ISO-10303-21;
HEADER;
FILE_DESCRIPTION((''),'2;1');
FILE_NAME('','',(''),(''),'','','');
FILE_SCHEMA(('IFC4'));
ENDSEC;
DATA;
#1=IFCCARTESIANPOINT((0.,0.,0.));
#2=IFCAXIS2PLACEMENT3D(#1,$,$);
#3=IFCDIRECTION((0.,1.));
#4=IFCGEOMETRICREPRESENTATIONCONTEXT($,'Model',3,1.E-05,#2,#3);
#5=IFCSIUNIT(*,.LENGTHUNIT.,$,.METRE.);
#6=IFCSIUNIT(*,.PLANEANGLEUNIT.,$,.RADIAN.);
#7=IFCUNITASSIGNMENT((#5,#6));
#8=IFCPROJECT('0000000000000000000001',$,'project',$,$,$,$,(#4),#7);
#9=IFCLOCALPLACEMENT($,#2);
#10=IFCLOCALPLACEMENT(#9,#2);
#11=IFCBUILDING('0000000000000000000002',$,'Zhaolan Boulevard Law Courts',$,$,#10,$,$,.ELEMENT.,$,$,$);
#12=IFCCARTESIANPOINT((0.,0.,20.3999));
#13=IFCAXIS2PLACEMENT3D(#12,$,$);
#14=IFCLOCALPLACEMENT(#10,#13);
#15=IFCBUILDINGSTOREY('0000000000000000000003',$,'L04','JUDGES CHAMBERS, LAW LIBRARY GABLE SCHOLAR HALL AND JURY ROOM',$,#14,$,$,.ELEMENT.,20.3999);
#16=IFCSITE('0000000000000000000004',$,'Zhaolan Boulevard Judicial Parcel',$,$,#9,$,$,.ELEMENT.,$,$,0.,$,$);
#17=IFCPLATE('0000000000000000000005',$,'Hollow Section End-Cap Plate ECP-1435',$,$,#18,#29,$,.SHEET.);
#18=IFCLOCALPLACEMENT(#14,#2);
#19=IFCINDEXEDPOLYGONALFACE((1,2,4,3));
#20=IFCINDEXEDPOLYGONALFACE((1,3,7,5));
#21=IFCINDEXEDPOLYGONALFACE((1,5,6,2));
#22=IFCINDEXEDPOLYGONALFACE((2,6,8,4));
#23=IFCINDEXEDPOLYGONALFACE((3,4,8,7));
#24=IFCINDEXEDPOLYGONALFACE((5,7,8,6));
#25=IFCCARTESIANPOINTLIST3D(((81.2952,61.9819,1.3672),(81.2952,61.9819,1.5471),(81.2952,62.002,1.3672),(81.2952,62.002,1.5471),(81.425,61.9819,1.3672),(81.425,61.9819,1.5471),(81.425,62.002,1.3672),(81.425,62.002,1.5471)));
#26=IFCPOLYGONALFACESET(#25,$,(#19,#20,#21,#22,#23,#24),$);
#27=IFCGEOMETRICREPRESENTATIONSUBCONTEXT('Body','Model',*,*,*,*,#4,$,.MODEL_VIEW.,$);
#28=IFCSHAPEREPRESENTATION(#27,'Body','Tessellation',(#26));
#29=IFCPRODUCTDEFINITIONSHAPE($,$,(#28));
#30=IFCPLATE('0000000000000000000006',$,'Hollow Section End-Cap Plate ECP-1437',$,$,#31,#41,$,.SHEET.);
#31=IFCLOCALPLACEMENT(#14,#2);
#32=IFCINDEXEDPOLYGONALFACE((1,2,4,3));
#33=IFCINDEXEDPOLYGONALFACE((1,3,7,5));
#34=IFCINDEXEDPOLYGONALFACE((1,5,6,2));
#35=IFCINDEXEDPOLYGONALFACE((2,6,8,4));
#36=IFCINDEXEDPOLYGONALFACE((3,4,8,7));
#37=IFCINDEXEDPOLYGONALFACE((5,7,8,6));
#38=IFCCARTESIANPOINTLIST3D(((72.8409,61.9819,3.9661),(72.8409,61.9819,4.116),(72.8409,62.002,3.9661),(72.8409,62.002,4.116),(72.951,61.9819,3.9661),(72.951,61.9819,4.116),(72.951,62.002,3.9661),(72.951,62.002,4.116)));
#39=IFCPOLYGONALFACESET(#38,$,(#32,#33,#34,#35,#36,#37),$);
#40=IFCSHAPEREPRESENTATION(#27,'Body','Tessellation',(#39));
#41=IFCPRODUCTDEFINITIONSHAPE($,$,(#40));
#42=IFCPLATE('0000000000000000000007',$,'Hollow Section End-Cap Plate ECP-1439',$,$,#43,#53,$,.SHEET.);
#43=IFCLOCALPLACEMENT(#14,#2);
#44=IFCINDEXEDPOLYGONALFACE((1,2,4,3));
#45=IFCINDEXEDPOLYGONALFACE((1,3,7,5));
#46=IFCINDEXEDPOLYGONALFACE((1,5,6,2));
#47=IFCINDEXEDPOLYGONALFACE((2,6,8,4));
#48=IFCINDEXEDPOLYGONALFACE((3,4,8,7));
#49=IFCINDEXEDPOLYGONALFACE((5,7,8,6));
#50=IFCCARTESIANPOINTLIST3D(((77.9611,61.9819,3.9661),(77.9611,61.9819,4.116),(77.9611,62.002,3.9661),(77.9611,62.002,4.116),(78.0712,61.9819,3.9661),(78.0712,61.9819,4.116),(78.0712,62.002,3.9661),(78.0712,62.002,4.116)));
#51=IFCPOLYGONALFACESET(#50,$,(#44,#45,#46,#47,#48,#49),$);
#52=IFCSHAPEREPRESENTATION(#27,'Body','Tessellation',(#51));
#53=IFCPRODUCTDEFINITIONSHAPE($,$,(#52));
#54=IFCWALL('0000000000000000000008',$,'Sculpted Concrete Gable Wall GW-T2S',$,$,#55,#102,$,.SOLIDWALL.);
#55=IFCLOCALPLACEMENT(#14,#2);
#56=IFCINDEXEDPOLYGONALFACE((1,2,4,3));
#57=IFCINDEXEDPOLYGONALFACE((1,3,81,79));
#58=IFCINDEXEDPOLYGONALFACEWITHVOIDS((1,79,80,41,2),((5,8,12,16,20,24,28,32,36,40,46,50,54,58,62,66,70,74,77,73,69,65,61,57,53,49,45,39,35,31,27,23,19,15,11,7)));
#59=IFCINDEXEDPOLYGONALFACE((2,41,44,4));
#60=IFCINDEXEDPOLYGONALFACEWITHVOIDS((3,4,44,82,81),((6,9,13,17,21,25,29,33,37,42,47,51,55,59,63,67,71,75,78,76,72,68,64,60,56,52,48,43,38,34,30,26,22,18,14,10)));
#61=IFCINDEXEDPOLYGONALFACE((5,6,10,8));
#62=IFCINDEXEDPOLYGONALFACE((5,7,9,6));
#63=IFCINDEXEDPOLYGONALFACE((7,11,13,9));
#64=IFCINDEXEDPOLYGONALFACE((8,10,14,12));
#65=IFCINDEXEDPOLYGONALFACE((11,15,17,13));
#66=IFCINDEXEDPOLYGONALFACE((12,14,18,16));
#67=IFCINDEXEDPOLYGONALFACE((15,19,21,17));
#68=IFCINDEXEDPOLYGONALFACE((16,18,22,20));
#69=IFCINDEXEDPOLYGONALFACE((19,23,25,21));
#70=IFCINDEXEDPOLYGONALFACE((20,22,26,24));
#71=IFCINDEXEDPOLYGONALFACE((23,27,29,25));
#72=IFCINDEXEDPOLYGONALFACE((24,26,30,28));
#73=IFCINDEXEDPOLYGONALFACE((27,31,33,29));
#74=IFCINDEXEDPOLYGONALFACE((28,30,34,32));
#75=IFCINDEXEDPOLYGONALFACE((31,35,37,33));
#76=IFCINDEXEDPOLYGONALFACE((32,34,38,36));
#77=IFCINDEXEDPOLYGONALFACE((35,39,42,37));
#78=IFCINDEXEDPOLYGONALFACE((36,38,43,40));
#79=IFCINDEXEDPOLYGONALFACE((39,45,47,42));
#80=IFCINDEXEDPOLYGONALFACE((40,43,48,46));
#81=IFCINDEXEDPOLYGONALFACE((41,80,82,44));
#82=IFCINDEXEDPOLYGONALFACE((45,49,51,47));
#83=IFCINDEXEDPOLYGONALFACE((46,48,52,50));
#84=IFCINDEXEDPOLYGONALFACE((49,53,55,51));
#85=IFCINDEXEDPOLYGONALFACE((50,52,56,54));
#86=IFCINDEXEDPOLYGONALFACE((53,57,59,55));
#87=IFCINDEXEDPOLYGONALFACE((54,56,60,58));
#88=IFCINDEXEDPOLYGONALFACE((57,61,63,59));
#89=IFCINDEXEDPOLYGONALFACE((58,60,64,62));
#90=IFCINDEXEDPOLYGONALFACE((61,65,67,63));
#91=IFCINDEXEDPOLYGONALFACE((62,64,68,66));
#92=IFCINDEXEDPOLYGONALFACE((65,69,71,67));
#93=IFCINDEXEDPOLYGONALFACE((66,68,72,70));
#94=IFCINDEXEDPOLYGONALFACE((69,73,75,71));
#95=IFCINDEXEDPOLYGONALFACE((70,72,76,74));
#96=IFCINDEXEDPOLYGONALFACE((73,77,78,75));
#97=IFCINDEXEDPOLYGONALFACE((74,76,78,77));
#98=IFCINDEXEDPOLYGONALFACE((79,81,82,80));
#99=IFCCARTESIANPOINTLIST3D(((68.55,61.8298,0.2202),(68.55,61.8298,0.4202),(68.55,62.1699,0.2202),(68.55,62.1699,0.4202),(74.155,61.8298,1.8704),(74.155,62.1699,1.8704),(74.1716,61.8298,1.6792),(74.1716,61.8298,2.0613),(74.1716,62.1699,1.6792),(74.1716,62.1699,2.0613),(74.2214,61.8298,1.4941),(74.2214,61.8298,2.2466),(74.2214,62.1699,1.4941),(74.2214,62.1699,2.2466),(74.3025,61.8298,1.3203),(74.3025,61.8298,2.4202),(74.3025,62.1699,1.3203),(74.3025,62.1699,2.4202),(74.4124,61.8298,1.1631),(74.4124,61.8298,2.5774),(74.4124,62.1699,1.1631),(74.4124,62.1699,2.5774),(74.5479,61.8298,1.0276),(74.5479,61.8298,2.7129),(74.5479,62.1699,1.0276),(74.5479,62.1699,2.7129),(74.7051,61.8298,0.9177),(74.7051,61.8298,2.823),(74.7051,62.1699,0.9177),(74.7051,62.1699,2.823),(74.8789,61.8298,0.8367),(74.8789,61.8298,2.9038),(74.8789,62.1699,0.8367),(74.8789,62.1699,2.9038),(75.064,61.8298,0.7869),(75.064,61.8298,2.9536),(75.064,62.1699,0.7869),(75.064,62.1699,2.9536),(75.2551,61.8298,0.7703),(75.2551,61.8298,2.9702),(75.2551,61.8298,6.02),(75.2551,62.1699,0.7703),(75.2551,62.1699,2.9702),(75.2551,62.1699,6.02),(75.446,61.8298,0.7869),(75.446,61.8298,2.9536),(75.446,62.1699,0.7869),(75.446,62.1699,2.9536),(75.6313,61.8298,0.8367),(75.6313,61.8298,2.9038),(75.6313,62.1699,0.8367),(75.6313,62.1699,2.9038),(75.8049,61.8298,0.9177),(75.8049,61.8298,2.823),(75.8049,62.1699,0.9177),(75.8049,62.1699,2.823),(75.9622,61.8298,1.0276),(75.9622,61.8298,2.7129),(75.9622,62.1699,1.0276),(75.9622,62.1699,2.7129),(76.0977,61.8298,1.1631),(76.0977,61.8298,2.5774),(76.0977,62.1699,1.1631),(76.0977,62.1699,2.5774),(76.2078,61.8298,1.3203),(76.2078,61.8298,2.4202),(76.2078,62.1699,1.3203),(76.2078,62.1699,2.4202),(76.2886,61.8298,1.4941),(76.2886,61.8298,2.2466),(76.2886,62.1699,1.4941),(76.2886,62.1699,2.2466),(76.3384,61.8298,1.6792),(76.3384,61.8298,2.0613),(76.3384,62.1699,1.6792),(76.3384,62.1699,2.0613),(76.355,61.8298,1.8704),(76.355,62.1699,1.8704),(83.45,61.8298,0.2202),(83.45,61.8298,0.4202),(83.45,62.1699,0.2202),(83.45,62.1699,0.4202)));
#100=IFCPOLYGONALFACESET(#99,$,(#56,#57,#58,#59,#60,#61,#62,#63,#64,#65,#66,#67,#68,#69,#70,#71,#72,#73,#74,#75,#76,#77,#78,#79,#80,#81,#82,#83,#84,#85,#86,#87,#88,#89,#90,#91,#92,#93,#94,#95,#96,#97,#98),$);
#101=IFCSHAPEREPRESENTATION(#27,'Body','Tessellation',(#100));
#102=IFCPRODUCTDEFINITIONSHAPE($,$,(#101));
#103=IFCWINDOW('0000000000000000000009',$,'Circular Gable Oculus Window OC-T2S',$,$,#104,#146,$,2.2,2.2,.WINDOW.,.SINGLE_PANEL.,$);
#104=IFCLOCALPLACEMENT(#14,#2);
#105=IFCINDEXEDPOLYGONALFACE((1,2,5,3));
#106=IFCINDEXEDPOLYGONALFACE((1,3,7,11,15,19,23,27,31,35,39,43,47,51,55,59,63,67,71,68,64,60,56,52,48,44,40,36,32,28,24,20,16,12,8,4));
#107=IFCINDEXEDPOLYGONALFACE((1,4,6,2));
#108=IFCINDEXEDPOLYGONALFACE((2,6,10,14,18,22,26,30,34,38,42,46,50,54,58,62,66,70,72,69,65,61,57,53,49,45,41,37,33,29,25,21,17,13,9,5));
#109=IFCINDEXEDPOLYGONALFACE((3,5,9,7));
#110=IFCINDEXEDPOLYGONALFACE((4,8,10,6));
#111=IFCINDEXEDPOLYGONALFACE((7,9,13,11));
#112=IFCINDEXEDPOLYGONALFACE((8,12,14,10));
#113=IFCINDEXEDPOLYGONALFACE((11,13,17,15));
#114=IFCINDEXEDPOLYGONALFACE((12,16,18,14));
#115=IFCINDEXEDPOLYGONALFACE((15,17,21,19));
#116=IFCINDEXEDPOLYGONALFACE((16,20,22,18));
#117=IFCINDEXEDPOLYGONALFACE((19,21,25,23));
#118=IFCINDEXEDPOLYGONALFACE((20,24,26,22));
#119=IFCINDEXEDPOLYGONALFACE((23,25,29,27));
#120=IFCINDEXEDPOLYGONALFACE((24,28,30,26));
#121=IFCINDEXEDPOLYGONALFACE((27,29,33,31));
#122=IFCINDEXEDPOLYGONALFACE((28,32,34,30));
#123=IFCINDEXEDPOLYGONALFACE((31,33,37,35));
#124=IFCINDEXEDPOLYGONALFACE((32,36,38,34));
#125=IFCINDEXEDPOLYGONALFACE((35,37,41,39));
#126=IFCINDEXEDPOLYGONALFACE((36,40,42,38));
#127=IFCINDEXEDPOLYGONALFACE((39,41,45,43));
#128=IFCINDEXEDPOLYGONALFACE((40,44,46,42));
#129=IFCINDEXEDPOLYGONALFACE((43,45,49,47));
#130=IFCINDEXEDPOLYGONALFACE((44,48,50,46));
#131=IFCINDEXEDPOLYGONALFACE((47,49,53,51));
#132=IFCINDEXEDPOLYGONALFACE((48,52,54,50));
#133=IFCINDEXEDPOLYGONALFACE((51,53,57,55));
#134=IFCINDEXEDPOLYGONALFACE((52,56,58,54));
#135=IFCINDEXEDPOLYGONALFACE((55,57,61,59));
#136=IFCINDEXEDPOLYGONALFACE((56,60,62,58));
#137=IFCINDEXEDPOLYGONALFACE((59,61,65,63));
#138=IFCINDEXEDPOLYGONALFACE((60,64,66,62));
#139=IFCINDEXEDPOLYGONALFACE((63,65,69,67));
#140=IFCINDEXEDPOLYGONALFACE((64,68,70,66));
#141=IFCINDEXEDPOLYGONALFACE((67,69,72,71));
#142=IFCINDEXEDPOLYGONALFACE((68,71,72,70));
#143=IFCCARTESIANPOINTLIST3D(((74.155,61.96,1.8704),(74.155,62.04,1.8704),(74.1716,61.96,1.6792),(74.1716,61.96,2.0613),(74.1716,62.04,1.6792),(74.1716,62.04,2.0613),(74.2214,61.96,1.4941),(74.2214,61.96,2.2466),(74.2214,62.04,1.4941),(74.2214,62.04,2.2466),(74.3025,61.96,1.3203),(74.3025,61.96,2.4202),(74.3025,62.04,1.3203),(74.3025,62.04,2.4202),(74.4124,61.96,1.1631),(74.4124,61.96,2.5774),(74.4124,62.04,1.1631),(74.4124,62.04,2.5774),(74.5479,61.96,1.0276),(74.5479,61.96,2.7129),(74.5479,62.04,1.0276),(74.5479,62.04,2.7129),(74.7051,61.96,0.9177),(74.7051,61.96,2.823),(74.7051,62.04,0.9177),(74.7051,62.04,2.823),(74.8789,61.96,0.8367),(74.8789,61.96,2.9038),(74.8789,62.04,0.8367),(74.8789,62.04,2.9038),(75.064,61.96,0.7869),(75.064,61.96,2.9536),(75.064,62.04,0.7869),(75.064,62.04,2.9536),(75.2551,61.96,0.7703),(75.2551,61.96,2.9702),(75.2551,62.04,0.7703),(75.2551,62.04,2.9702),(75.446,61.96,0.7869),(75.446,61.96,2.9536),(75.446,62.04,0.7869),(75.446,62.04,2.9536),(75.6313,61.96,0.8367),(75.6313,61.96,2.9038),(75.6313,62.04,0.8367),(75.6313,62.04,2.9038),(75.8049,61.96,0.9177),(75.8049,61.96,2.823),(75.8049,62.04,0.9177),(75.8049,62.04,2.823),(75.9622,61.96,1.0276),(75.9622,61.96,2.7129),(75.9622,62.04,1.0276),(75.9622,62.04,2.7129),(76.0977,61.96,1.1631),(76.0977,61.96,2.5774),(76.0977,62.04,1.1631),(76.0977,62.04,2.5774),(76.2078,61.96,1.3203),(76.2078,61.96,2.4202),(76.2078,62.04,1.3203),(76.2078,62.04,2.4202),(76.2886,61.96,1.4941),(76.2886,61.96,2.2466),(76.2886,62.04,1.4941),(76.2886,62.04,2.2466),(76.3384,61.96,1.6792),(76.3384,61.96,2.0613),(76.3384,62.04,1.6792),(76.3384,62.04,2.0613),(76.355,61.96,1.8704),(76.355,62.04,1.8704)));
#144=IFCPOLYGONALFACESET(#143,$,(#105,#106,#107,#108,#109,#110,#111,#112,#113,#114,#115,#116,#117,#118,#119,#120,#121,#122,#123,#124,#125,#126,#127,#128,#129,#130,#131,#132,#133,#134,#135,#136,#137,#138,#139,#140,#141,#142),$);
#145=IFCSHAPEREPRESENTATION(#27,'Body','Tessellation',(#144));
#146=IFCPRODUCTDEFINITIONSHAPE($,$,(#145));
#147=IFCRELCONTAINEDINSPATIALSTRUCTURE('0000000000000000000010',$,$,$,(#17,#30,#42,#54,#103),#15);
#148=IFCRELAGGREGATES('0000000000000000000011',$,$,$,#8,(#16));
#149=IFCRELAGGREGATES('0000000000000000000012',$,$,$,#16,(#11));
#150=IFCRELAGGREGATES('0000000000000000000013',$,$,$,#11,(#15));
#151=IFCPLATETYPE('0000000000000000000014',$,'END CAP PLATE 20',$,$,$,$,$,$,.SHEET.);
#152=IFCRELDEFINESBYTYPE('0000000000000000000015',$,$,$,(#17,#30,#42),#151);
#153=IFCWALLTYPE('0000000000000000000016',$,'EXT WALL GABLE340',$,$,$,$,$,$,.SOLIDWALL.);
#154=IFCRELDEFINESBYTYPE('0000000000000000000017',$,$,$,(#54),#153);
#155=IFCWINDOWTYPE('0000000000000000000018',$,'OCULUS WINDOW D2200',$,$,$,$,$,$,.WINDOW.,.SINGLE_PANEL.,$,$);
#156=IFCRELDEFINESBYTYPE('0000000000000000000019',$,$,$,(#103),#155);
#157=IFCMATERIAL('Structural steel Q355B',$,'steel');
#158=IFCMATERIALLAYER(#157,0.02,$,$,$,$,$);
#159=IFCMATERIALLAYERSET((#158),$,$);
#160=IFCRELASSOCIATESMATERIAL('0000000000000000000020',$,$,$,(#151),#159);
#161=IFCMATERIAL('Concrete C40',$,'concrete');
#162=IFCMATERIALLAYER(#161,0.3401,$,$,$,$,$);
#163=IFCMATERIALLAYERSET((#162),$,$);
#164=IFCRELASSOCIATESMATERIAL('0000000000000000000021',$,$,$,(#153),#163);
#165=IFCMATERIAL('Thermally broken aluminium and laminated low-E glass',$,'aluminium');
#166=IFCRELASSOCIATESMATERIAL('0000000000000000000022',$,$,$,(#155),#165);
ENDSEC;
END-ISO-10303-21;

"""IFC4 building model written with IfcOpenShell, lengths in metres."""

from ifc_helpers import new_model, si_unit, direction, frame, origin, origin_2d, place, context, subcontext, project, spatial, polyline, rectangle, outline, extrude, material, layer, layer_set, type_object, element, fill, save


model = new_model("IFC4")

# Units and contexts
model_context = context("Model", 3, precision=1e-05, world=origin(), true_north=direction((0.0, 1.0)))
body_context = subcontext(model_context, "Body", "Model", "MODEL_VIEW")
ifc_project = project(units=[si_unit("LENGTHUNIT", "METRE"), si_unit("PLANEANGLEUNIT", "RADIAN")], contexts=[model_context])

# Site, building, storey
site_placement = place(None, origin())
site = spatial("IfcSite", under=ifc_project, at=site_placement, Name="Zhaolan Boulevard Judicial Parcel", CompositionType="ELEMENT", RefElevation=0.0)
building_placement = place(site_placement, origin())
building = spatial("IfcBuilding", under=site, at=building_placement, Name="Zhaolan Boulevard Law Courts", CompositionType="ELEMENT")
storey_placement = place(building_placement, frame((0.0, 0.0, 20.3999)))
storey = spatial("IfcBuildingStorey", under=building, at=storey_placement, Name="L04", Description="JUDGES CHAMBERS, LAW LIBRARY GABLE SCHOLAR HALL AND JURY ROOM", CompositionType="ELEMENT", Elevation=20.3999)

# Plates
ifc_material_1 = material(Name="Structural steel Q355B", Category="steel")
ifc_layer_1 = layer(ifc_material_1, 0.02)
ifc_layer_set_1 = layer_set([ifc_layer_1])
plate_type = type_object("IfcPlateType", Name="END CAP PLATE 20", PredefinedType="SHEET", material=ifc_layer_set_1)
for number, where, z_axis, x_axis, name in (
    (1, (81.3601, 61.9919, 1.3672), (0.0, 0.0, 1.0), (0.0, 1.0, 0.0), "Hollow Section End-Cap Plate ECP-1435"),
):
    element("IfcPlate", number, at=place(storey_placement, frame(where, z_axis=z_axis, x_axis=x_axis)), inside=storey, type_object=plate_type, Name=name, PredefinedType="SHEET", context=body_context, shape_type="SweptSolid", body=[
        extrude(rectangle(XDim=0.02, YDim=0.1299, at=origin_2d()), origin(), (0.0, 0.0, 1.0), 0.1799),
    ])
for number, where, z_axis, x_axis, name in (
    (2, (72.896, 61.9919, 3.9661), (0.0, 0.0, 1.0), (0.0, 1.0, 0.0), "Hollow Section End-Cap Plate ECP-1437"),
    (3, (78.0161, 61.9919, 3.9661), (0.0, 0.0, 1.0), (0.0, 1.0, 0.0), "Hollow Section End-Cap Plate ECP-1439"),
):
    element("IfcPlate", number, at=place(storey_placement, frame(where, z_axis=z_axis, x_axis=x_axis)), inside=storey, type_object=plate_type, Name=name, PredefinedType="SHEET", context=body_context, shape_type="SweptSolid", body=[
        extrude(rectangle(XDim=0.02, YDim=0.1101, at=origin_2d()), origin(), (0.0, 0.0, 1.0), 0.1499),
    ])

# Wall, opening, window
ifc_material_2 = material(Name="Concrete C40", Category="concrete")
ifc_layer_2 = layer(ifc_material_2, 0.3401)
ifc_layer_set_2 = layer_set([ifc_layer_2])
wall_type = type_object("IfcWallType", Name="EXT WALL GABLE340", PredefinedType="SOLIDWALL", material=ifc_layer_set_2)
wall_placement = place(storey_placement, frame((68.55, 62.0, 0.2202), z_axis=(0.0, 0.0, 1.0), x_axis=(1.0, 0.0, 0.0)))
wall = element("IfcWall", 4, at=wall_placement, inside=storey, type_object=wall_type, Name="Sculpted Concrete Gable Wall GW-T2S", PredefinedType="SOLIDWALL", context=body_context, shape_type="SweptSolid", body=[
    extrude(outline(polyline([(0.0, 0.0), (14.8999, 0.0), (14.8999, 0.2), (6.7051, 5.7998), (0.0, 0.2), (0.0, 0.0)])), frame((0.0, 0.1699, 0.0), z_axis=(0.0, -1.0, 0.0), x_axis=(1.0, 0.0, 0.0)), (0.0, 0.0, 1.0), 0.3401),
])
opening_placement = place(wall_placement, frame((5.605, 0.0, 0.55)))
opening = element("IfcOpeningElement", 5, at=opening_placement, cuts=wall, PredefinedType="OPENING", context=body_context, shape_type="SweptSolid", body=[
    extrude(outline(polyline([(2.2, 1.1001), (2.1833, 1.291), (2.1335, 1.4763), (2.0527, 1.6499), (1.9426, 1.8071), (1.8071, 1.9426), (1.6499, 2.0527), (1.4763, 2.1335), (1.291, 2.1833), (1.1001, 2.2), (0.9089, 2.1833), (0.7239, 2.1335), (0.55, 2.0527), (0.3928, 1.9426), (0.2573, 1.8071), (0.1475, 1.6499), (0.0664, 1.4763), (0.0166, 1.291), (0.0, 1.1001), (0.0166, 0.9089), (0.0664, 0.7239), (0.1475, 0.55), (0.2573, 0.3928), (0.3928, 0.2573), (0.55, 0.1475), (0.7239, 0.0664), (0.9089, 0.0166), (1.1001, 0.0), (1.291, 0.0166), (1.4763, 0.0664), (1.6499, 0.1475), (1.8071, 0.2573), (1.9426, 0.3928), (2.0527, 0.55), (2.1335, 0.7239), (2.1833, 0.9089), (2.2, 1.1001)])), frame((0.0, 0.1799, 0.0), z_axis=(0.0, -1.0, 0.0), x_axis=(1.0, 0.0, 0.0)), (0.0, 0.0, 1.0), 0.3601),
])
ifc_material_3 = material(Name="Thermally broken aluminium and laminated low-E glass", Category="aluminium")
window_type = type_object("IfcWindowType", Name="OCULUS WINDOW D2200", PartitioningType="SINGLE_PANEL", PredefinedType="WINDOW", material=ifc_material_3)
window_placement = place(opening_placement, origin())
window = element("IfcWindow", 6, at=window_placement, inside=storey, type_object=window_type, Name="Circular Gable Oculus Window OC-T2S", OverallHeight=2.2, OverallWidth=2.2, PartitioningType="SINGLE_PANEL", PredefinedType="WINDOW", context=body_context, shape_type="SweptSolid", body=[
    extrude(outline(polyline([(2.2, 1.1001), (2.1833, 1.291), (2.1335, 1.4763), (2.0527, 1.6499), (1.9426, 1.8071), (1.8071, 1.9426), (1.6499, 2.0527), (1.4763, 2.1335), (1.291, 2.1833), (1.1001, 2.2), (0.9089, 2.1833), (0.7239, 2.1335), (0.55, 2.0527), (0.3928, 1.9426), (0.2573, 1.8071), (0.1475, 1.6499), (0.0664, 1.4763), (0.0166, 1.291), (0.0, 1.1001), (0.0166, 0.9089), (0.0664, 0.7239), (0.1475, 0.55), (0.2573, 0.3928), (0.3928, 0.2573), (0.55, 0.1475), (0.7239, 0.0664), (0.9089, 0.0166), (1.1001, 0.0), (1.291, 0.0166), (1.4763, 0.0664), (1.6499, 0.1475), (1.8071, 0.2573), (1.9426, 0.3928), (2.0527, 0.55), (2.1335, 0.7239), (2.1833, 0.9089), (2.2, 1.1001)])), frame((0.0, 0.04, 0.0), z_axis=(0.0, -1.0, 0.0), x_axis=(1.0, 0.0, 0.0)), (0.0, 0.0, 1.0), 0.0801),
])
fill(opening, window)

save(model, "model.ifc")
